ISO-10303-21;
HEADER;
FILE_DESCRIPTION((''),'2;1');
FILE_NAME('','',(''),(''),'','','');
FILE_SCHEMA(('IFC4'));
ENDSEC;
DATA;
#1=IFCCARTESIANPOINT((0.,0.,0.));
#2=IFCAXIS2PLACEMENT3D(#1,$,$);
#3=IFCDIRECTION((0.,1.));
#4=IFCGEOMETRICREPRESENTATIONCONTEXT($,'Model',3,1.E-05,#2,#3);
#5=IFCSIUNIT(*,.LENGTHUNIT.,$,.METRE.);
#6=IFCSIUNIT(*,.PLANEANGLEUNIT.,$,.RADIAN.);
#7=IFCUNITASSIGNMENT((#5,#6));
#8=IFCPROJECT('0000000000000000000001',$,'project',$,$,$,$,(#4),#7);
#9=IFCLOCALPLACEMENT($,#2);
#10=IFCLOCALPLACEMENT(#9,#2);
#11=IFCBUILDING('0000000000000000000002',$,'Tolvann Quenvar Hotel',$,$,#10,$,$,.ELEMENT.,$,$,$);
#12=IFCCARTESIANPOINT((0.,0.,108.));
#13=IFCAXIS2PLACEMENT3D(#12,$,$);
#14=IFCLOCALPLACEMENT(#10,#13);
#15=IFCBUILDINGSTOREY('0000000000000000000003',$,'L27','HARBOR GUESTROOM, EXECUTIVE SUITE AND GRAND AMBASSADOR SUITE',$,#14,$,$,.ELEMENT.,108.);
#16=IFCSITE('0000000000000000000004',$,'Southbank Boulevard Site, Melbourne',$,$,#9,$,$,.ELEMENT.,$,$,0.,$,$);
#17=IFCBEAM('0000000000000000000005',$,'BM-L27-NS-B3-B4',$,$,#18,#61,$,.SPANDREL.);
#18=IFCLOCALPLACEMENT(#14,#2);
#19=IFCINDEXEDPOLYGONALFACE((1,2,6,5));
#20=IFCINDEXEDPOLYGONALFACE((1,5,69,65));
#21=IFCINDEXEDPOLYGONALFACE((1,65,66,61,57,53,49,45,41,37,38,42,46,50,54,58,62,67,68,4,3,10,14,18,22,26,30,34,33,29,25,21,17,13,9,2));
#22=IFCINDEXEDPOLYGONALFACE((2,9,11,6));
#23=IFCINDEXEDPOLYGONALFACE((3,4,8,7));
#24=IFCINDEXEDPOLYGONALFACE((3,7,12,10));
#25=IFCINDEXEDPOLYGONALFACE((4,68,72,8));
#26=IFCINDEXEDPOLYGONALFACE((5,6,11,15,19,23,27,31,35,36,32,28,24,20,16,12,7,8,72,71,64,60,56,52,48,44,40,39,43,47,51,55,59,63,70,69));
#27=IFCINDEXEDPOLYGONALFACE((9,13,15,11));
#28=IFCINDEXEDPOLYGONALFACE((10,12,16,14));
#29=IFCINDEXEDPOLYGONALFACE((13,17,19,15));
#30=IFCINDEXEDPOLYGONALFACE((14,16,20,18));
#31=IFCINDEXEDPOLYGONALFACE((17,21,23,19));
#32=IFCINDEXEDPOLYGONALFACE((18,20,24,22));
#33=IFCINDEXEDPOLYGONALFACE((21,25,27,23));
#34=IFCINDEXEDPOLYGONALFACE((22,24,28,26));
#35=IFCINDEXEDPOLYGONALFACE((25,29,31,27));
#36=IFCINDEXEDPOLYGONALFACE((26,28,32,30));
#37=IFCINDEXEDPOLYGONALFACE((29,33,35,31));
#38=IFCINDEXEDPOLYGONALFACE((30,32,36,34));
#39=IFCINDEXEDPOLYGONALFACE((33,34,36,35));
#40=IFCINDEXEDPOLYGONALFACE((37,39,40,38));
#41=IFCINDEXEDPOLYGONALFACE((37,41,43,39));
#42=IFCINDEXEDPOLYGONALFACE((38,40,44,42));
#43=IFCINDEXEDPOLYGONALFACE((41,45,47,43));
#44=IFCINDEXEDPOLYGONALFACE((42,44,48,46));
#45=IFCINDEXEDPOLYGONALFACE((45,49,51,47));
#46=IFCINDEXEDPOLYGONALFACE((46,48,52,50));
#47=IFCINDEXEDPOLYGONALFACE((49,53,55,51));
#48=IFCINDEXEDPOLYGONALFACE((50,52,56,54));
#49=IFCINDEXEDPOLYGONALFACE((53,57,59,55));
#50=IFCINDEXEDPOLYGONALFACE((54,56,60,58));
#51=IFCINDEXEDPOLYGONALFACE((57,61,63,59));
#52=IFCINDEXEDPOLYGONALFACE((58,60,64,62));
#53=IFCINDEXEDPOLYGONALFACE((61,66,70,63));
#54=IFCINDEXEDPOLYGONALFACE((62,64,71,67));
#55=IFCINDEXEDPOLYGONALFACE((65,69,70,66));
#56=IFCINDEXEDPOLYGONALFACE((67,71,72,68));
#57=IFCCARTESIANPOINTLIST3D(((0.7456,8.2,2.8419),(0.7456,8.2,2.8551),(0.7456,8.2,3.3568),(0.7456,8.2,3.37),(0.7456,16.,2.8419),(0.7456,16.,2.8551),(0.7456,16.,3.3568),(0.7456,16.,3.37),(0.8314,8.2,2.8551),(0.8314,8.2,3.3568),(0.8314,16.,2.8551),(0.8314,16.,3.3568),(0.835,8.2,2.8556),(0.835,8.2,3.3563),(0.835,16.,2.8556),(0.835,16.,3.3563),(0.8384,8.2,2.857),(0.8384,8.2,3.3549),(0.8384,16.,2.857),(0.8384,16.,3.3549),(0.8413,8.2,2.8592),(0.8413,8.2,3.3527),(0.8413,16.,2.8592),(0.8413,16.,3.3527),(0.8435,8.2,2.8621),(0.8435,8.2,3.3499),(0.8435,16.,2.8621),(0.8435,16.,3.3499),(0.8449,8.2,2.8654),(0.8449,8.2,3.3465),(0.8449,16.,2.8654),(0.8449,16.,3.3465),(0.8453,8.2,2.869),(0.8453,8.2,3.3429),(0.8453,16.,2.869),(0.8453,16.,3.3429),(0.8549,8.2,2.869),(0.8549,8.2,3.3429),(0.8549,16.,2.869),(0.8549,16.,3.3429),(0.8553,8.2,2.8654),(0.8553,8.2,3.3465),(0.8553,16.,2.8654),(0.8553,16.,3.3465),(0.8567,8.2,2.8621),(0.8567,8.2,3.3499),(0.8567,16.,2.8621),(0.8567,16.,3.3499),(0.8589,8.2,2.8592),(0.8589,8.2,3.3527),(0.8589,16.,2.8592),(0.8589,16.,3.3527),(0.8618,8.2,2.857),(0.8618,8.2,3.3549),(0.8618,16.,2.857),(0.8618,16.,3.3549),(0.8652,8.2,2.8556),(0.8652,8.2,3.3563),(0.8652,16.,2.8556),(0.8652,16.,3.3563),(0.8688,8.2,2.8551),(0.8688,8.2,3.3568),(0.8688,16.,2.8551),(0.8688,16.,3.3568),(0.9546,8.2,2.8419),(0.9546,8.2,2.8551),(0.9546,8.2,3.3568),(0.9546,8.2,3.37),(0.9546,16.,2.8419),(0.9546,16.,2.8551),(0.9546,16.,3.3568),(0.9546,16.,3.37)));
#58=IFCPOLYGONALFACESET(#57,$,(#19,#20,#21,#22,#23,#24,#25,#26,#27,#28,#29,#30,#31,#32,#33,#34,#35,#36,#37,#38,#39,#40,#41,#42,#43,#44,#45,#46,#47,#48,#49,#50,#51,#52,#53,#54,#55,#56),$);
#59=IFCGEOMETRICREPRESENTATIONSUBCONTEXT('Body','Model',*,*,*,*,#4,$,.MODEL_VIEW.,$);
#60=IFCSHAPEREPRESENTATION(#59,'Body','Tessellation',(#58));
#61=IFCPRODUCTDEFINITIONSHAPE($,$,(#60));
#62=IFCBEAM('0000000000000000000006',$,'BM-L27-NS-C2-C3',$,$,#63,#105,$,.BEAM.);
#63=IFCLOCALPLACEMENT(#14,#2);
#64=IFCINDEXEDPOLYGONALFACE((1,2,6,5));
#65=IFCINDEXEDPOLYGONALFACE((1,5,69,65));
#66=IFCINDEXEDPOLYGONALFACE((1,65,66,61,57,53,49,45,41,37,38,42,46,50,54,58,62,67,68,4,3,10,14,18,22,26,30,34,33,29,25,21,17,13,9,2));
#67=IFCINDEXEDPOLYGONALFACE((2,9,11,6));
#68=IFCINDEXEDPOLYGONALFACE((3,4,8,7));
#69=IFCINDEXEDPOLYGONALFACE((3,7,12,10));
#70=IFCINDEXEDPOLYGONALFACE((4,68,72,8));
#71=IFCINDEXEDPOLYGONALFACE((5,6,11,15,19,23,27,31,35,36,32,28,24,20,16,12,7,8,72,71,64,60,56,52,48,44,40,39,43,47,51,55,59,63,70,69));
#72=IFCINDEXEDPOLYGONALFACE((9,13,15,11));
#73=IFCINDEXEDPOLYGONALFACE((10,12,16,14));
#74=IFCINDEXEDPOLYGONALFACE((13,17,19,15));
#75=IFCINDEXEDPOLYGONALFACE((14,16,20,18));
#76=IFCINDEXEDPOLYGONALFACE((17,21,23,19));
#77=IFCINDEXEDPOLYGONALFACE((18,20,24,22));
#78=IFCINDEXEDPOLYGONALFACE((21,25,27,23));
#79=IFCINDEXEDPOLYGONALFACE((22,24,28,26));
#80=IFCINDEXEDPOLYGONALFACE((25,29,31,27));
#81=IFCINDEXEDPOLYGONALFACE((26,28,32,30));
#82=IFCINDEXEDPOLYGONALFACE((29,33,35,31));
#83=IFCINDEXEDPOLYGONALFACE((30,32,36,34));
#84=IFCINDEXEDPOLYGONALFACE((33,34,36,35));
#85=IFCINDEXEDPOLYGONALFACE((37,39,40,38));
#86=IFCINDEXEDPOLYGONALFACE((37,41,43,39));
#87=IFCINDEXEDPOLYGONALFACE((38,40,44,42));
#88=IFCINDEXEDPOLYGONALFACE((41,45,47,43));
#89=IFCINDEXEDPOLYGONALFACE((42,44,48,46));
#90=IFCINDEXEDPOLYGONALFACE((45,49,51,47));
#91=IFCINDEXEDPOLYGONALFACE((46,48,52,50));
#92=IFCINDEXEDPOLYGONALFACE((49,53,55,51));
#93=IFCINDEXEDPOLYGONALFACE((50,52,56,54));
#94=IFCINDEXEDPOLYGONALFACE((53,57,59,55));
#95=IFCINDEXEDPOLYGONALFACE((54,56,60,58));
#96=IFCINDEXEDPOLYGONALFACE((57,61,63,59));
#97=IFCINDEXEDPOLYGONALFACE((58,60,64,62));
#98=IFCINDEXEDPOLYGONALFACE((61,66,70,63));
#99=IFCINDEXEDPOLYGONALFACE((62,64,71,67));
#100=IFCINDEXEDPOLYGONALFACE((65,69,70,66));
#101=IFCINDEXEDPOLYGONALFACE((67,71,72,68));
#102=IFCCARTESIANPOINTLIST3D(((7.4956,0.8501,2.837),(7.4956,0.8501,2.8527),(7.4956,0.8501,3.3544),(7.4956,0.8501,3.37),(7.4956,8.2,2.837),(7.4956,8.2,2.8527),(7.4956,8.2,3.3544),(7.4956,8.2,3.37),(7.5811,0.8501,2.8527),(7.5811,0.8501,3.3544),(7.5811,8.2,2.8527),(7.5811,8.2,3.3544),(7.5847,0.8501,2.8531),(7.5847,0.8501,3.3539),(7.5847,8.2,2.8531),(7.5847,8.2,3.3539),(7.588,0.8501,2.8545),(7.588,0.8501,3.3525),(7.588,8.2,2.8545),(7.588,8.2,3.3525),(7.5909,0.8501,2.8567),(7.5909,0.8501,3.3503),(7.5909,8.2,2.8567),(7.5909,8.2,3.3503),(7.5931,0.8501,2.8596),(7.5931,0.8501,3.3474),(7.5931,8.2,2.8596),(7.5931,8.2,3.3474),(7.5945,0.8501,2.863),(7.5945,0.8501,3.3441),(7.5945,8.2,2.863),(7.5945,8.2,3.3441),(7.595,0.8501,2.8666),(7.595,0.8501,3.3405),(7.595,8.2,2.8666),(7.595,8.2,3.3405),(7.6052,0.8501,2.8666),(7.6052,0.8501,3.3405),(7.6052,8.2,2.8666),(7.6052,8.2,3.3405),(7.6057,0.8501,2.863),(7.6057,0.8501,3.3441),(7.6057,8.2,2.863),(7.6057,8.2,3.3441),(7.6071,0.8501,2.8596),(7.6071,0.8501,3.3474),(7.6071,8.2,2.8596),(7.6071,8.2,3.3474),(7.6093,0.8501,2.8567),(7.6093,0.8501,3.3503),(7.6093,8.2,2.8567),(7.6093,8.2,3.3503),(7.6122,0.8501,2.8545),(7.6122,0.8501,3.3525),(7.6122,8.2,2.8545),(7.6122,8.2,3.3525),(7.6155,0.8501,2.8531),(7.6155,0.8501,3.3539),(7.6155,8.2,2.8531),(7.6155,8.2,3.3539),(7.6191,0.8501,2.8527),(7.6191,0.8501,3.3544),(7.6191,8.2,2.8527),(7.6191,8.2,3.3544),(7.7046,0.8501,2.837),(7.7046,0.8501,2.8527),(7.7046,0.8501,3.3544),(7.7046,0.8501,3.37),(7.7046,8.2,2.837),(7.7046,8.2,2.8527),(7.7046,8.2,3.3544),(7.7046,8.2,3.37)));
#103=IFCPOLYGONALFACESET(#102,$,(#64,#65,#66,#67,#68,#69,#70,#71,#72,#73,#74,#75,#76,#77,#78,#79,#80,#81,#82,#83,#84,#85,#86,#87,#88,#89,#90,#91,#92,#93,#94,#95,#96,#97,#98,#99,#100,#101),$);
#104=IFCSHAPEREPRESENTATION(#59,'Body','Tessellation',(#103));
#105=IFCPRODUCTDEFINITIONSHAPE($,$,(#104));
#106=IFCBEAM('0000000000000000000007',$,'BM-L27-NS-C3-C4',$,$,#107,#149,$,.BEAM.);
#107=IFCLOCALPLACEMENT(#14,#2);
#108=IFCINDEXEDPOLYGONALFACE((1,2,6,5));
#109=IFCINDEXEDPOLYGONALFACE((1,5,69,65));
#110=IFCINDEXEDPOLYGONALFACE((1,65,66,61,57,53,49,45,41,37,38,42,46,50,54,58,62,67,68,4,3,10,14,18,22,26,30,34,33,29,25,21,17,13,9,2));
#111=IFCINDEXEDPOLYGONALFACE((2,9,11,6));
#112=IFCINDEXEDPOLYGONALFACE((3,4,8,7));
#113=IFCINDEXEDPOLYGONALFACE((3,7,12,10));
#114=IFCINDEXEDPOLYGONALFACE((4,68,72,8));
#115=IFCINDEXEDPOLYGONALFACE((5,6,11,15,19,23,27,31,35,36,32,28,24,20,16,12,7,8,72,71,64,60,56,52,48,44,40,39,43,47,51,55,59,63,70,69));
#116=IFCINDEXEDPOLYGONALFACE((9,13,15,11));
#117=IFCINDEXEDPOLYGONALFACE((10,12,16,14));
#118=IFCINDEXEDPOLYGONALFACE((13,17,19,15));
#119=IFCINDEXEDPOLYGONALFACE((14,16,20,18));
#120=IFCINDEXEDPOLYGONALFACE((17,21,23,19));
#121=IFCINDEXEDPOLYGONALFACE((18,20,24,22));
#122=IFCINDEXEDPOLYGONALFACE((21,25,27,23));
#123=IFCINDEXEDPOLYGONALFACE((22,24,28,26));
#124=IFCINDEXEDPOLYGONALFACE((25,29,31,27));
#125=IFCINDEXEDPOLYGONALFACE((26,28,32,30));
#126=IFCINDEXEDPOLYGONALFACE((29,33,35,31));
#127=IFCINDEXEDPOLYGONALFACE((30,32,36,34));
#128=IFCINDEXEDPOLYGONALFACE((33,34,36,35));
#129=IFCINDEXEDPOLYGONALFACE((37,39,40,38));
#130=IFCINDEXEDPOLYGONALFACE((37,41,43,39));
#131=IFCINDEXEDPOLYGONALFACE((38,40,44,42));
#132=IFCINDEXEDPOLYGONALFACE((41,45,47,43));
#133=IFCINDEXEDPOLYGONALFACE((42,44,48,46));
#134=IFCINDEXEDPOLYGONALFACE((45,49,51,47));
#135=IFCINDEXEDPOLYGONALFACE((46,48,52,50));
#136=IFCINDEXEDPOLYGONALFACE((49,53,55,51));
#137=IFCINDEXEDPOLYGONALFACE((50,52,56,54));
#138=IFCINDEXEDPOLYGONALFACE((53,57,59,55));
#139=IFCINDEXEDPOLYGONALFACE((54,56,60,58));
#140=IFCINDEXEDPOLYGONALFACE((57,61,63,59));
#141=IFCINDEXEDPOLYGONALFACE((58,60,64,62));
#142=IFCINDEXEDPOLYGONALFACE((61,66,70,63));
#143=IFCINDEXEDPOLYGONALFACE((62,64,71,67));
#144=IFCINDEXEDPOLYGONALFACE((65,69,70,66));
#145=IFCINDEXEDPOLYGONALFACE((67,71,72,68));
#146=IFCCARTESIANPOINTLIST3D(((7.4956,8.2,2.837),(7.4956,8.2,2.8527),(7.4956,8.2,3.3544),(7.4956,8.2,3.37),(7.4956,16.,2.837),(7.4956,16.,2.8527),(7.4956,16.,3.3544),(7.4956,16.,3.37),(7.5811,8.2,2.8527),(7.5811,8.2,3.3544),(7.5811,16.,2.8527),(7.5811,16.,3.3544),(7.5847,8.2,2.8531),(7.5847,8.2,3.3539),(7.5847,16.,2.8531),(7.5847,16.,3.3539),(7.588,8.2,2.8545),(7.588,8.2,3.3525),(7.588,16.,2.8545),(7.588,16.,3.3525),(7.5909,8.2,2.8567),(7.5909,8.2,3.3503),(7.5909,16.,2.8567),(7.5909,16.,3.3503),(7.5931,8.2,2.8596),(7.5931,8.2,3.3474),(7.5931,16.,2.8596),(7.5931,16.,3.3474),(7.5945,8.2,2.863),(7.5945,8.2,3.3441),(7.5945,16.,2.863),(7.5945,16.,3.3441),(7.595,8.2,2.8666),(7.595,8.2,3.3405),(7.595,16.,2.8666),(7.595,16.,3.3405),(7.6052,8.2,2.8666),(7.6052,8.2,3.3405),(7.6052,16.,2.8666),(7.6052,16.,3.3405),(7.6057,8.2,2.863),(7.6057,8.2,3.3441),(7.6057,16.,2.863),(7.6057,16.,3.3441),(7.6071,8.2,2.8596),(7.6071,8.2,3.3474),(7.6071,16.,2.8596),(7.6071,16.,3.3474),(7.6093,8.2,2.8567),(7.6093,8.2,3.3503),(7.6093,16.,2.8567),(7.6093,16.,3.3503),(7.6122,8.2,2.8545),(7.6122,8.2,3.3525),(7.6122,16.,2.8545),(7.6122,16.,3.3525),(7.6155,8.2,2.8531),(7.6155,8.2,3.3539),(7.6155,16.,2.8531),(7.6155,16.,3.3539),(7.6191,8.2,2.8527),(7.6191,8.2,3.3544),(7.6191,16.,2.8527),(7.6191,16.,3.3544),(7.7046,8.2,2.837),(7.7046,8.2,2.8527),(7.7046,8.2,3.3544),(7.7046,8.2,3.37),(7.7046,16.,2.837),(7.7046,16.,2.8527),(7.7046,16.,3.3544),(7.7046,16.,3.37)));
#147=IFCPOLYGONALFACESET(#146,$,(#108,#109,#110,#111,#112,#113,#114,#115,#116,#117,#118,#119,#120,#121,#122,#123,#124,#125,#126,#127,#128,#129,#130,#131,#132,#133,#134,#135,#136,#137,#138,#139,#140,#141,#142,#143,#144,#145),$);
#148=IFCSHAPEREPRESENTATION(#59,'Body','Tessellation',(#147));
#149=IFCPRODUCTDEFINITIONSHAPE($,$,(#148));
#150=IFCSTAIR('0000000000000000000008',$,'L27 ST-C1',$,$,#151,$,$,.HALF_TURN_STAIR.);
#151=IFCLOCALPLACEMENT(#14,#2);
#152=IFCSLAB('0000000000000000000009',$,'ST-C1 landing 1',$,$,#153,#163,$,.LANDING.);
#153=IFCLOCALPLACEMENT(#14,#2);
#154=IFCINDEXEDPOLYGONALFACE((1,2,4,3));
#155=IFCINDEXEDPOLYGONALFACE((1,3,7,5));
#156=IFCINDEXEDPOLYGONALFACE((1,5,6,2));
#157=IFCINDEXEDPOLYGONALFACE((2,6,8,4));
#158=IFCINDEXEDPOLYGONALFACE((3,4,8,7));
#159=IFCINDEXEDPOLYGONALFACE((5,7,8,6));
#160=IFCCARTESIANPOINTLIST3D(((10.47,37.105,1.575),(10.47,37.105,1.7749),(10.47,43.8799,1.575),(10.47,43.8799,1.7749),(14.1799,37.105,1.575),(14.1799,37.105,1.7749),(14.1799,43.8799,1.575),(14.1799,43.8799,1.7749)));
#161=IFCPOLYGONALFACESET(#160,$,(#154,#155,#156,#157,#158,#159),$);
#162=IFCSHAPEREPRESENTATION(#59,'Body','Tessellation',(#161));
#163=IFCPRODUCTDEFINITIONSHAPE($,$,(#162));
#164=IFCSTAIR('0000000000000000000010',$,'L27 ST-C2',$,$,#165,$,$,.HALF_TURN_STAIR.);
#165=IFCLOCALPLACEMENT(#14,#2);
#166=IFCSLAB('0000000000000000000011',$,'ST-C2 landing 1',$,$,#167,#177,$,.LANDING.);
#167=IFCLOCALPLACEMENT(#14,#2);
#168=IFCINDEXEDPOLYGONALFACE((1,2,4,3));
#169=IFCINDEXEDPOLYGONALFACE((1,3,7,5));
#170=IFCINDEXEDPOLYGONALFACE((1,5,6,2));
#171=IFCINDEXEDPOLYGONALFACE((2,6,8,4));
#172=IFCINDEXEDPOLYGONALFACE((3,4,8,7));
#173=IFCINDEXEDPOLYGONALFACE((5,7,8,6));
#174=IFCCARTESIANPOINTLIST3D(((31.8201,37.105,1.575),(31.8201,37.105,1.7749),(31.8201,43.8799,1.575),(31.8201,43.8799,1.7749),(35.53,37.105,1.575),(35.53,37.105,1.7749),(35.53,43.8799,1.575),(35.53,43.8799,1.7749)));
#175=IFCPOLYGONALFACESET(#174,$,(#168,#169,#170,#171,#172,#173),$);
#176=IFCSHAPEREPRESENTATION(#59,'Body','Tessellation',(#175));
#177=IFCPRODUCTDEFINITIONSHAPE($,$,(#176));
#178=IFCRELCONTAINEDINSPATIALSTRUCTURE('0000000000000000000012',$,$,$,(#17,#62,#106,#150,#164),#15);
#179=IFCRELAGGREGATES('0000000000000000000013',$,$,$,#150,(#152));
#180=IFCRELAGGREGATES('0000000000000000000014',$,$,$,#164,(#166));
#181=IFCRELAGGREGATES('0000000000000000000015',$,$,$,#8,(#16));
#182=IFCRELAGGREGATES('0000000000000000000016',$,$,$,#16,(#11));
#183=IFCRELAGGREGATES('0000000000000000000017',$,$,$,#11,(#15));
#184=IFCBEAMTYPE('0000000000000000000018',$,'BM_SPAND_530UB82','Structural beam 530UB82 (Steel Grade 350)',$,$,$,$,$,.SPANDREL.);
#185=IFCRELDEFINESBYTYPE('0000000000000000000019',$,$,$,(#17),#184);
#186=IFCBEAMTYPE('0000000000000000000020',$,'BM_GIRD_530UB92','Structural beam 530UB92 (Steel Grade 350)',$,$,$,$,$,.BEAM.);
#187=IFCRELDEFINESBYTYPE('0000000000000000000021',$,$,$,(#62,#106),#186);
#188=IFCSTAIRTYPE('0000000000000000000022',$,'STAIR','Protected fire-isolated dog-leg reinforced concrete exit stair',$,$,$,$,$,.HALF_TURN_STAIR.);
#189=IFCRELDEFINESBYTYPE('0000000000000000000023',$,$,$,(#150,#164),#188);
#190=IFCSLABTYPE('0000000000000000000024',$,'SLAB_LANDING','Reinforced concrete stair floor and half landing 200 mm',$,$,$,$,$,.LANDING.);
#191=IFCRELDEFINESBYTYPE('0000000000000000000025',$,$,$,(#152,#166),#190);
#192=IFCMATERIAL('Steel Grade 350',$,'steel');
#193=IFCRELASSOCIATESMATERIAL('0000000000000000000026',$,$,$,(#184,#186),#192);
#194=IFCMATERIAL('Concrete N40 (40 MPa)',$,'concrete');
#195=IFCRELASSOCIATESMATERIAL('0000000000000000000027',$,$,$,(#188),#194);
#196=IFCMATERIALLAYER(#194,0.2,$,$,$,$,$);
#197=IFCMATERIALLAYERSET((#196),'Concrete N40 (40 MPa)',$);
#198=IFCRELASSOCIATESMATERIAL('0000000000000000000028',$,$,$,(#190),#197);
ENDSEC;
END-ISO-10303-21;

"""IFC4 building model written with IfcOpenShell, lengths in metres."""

from ifc_helpers import new_model, si_unit, direction, frame, origin, origin_2d, place, context, subcontext, project, spatial, polyline, i_section, outline, extrude, source, transform, mapped, material, layer, layer_set, material_profile, profile_set, type_object, type_shapes, element, aggregate, save


model = new_model("IFC4")

# Units and contexts
model_context = context("Model", 3, precision=1e-05, world=origin(), true_north=direction((0.0, 1.0)))
body_context = subcontext(model_context, "Body", "Model", "MODEL_VIEW")
ifc_project = project(units=[si_unit("LENGTHUNIT", "METRE"), si_unit("PLANEANGLEUNIT", "RADIAN")], contexts=[model_context])

# Site, building, storey
site_placement = place(None, origin())
site = spatial("IfcSite", under=ifc_project, at=site_placement, Name="Southbank Boulevard Site, Melbourne", CompositionType="ELEMENT", RefElevation=0.0)
building_placement = place(site_placement, origin())
building = spatial("IfcBuilding", under=site, at=building_placement, Name="Tolvann Quenvar Hotel", CompositionType="ELEMENT")
storey_placement = place(building_placement, frame((0.0, 0.0, 108.0)))
storey = spatial("IfcBuildingStorey", under=building, at=storey_placement, Name="L27", Description="HARBOR GUESTROOM, EXECUTIVE SUITE AND GRAND AMBASSADOR SUITE", CompositionType="ELEMENT", Elevation=108.0)

# Shared definitions
ifc_material_1 = material(Name="Steel Grade 350", Category="steel")

# Beams
ifc_material_profile_1 = material_profile(ifc_material_1, i_section(OverallWidth=0.209, OverallDepth=0.5281, WebThickness=0.0095, FlangeThickness=0.0132, FilletRadius=0.0139, at=origin_2d()), Name="530UB82")
ifc_profile_set_1 = profile_set([ifc_material_profile_1], Name="Steel Grade 350")
beam_type_1 = type_object("IfcBeamType", Name="BM_SPAND_530UB82", Description="Structural beam 530UB82 (Steel Grade 350)", PredefinedType="SPANDREL", material=ifc_profile_set_1)
shared_shape_1 = source(origin(), body_context, "Body", "SweptSolid", [
    extrude(i_section(OverallWidth=0.209, OverallDepth=0.5281, WebThickness=0.0095, FlangeThickness=0.0132, FilletRadius=0.0139, at=origin_2d()), origin(), (0.0, 0.0, 1.0), 7.8),
])
beam_1_placement = place(storey_placement, frame((0.8501, 8.2, 3.106), z_axis=(0.0, 1.0, 0.0), x_axis=(-1.0, 0.0, 0.0)))
element("IfcBeam", 1, at=beam_1_placement, inside=storey, type_object=beam_type_1, Name="BM-L27-NS-B3-B4", PredefinedType="SPANDREL", context=body_context, shape_type="MappedRepresentation", body=[
    mapped(shared_shape_1, transform((0.0, 0.0, 0.0), x_axis=(1.0, 0.0, 0.0), y_axis=(0.0, 1.0, 0.0), z_axis=(0.0, 0.0, 1.0), scale=1.0)),
])
ifc_material_profile_2 = material_profile(ifc_material_1, i_section(OverallWidth=0.209, OverallDepth=0.533, WebThickness=0.0103, FlangeThickness=0.0156, FilletRadius=0.0139, at=origin_2d()), Name="530UB92")
ifc_profile_set_2 = profile_set([ifc_material_profile_2], Name="Steel Grade 350")
beam_type_2 = type_object("IfcBeamType", Name="BM_GIRD_530UB92", Description="Structural beam 530UB92 (Steel Grade 350)", PredefinedType="BEAM", material=ifc_profile_set_2)
shared_shape_2 = source(origin(), body_context, "Body", "SweptSolid", [
    extrude(i_section(OverallWidth=0.209, OverallDepth=0.533, WebThickness=0.0103, FlangeThickness=0.0156, FilletRadius=0.0139, at=origin_2d()), origin(), (0.0, 0.0, 1.0), 7.3499),
])
beam_2_placement = place(storey_placement, frame((7.6001, 0.8501, 3.1035), z_axis=(0.0, 1.0, 0.0), x_axis=(-1.0, 0.0, 0.0)))
element("IfcBeam", 2, at=beam_2_placement, inside=storey, type_object=beam_type_2, Name="BM-L27-NS-C2-C3", PredefinedType="BEAM", context=body_context, shape_type="MappedRepresentation", body=[
    mapped(shared_shape_2, transform((0.0, 0.0, 0.0), x_axis=(1.0, 0.0, 0.0), y_axis=(0.0, 1.0, 0.0), z_axis=(0.0, 0.0, 1.0), scale=1.0)),
])
shared_shape_3 = source(origin(), body_context, "Body", "SweptSolid", [
    extrude(i_section(OverallWidth=0.209, OverallDepth=0.533, WebThickness=0.0103, FlangeThickness=0.0156, FilletRadius=0.0139, at=origin_2d()), origin(), (0.0, 0.0, 1.0), 7.8),
])
type_shapes(beam_type_2, [shared_shape_2, shared_shape_3])
beam_3_placement = place(storey_placement, frame((7.6001, 8.2, 3.1035), z_axis=(0.0, 1.0, 0.0), x_axis=(-1.0, 0.0, 0.0)))
element("IfcBeam", 3, at=beam_3_placement, inside=storey, type_object=beam_type_2, Name="BM-L27-NS-C3-C4", PredefinedType="BEAM", context=body_context, shape_type="MappedRepresentation", body=[
    mapped(shared_shape_3, transform((0.0, 0.0, 0.0), x_axis=(1.0, 0.0, 0.0), y_axis=(0.0, 1.0, 0.0), z_axis=(0.0, 0.0, 1.0), scale=1.0)),
])

# Stairs, slabs
ifc_material_2 = material(Name="Concrete N40 (40 MPa)", Category="concrete")
stair_type = type_object("IfcStairType", Name="STAIR", Description="Protected fire-isolated dog-leg reinforced concrete exit stair", PredefinedType="HALF_TURN_STAIR", material=ifc_material_2)
stair_1_placement = place(storey_placement, origin())
stair_1 = element("IfcStair", 4, at=stair_1_placement, inside=storey, type_object=stair_type, Name="L27 ST-C1", PredefinedType="HALF_TURN_STAIR")
ifc_layer_1 = layer(ifc_material_2, 0.2)
ifc_layer_set_1 = layer_set([ifc_layer_1], Name="Concrete N40 (40 MPa)")
slab_type_1 = type_object("IfcSlabType", Name="SLAB_LANDING", Description="Reinforced concrete stair floor and half landing 200 mm", PredefinedType="LANDING", material=ifc_layer_set_1)
slab_1_placement = place(storey_placement, frame((0.0, 0.0, 1.575)))
slab_1 = element("IfcSlab", 5, at=slab_1_placement, type_object=slab_type_1, Name="ST-C1 landing 1", PredefinedType="LANDING", context=body_context, shape_type="SweptSolid", body=[
    extrude(outline(polyline([(14.1799, 37.105), (14.1799, 43.8799), (10.47, 43.8799), (10.47, 37.105), (14.1799, 37.105)])), origin(), (0.0, 0.0, 1.0), 0.2),
])
aggregate(stair_1, [slab_1])
stair_2_placement = place(storey_placement, origin())
stair_2 = element("IfcStair", 6, at=stair_2_placement, inside=storey, type_object=stair_type, Name="L27 ST-C2", PredefinedType="HALF_TURN_STAIR")
slab_2_placement = place(storey_placement, frame((0.0, 0.0, 1.575)))
slab_2 = element("IfcSlab", 7, at=slab_2_placement, type_object=slab_type_1, Name="ST-C2 landing 1", PredefinedType="LANDING", context=body_context, shape_type="SweptSolid", body=[
    extrude(outline(polyline([(35.53, 37.105), (35.53, 43.8799), (31.8201, 43.8799), (31.8201, 37.105), (35.53, 37.105)])), origin(), (0.0, 0.0, 1.0), 0.2),
])
aggregate(stair_2, [slab_2])

save(model, "model.ifc")
